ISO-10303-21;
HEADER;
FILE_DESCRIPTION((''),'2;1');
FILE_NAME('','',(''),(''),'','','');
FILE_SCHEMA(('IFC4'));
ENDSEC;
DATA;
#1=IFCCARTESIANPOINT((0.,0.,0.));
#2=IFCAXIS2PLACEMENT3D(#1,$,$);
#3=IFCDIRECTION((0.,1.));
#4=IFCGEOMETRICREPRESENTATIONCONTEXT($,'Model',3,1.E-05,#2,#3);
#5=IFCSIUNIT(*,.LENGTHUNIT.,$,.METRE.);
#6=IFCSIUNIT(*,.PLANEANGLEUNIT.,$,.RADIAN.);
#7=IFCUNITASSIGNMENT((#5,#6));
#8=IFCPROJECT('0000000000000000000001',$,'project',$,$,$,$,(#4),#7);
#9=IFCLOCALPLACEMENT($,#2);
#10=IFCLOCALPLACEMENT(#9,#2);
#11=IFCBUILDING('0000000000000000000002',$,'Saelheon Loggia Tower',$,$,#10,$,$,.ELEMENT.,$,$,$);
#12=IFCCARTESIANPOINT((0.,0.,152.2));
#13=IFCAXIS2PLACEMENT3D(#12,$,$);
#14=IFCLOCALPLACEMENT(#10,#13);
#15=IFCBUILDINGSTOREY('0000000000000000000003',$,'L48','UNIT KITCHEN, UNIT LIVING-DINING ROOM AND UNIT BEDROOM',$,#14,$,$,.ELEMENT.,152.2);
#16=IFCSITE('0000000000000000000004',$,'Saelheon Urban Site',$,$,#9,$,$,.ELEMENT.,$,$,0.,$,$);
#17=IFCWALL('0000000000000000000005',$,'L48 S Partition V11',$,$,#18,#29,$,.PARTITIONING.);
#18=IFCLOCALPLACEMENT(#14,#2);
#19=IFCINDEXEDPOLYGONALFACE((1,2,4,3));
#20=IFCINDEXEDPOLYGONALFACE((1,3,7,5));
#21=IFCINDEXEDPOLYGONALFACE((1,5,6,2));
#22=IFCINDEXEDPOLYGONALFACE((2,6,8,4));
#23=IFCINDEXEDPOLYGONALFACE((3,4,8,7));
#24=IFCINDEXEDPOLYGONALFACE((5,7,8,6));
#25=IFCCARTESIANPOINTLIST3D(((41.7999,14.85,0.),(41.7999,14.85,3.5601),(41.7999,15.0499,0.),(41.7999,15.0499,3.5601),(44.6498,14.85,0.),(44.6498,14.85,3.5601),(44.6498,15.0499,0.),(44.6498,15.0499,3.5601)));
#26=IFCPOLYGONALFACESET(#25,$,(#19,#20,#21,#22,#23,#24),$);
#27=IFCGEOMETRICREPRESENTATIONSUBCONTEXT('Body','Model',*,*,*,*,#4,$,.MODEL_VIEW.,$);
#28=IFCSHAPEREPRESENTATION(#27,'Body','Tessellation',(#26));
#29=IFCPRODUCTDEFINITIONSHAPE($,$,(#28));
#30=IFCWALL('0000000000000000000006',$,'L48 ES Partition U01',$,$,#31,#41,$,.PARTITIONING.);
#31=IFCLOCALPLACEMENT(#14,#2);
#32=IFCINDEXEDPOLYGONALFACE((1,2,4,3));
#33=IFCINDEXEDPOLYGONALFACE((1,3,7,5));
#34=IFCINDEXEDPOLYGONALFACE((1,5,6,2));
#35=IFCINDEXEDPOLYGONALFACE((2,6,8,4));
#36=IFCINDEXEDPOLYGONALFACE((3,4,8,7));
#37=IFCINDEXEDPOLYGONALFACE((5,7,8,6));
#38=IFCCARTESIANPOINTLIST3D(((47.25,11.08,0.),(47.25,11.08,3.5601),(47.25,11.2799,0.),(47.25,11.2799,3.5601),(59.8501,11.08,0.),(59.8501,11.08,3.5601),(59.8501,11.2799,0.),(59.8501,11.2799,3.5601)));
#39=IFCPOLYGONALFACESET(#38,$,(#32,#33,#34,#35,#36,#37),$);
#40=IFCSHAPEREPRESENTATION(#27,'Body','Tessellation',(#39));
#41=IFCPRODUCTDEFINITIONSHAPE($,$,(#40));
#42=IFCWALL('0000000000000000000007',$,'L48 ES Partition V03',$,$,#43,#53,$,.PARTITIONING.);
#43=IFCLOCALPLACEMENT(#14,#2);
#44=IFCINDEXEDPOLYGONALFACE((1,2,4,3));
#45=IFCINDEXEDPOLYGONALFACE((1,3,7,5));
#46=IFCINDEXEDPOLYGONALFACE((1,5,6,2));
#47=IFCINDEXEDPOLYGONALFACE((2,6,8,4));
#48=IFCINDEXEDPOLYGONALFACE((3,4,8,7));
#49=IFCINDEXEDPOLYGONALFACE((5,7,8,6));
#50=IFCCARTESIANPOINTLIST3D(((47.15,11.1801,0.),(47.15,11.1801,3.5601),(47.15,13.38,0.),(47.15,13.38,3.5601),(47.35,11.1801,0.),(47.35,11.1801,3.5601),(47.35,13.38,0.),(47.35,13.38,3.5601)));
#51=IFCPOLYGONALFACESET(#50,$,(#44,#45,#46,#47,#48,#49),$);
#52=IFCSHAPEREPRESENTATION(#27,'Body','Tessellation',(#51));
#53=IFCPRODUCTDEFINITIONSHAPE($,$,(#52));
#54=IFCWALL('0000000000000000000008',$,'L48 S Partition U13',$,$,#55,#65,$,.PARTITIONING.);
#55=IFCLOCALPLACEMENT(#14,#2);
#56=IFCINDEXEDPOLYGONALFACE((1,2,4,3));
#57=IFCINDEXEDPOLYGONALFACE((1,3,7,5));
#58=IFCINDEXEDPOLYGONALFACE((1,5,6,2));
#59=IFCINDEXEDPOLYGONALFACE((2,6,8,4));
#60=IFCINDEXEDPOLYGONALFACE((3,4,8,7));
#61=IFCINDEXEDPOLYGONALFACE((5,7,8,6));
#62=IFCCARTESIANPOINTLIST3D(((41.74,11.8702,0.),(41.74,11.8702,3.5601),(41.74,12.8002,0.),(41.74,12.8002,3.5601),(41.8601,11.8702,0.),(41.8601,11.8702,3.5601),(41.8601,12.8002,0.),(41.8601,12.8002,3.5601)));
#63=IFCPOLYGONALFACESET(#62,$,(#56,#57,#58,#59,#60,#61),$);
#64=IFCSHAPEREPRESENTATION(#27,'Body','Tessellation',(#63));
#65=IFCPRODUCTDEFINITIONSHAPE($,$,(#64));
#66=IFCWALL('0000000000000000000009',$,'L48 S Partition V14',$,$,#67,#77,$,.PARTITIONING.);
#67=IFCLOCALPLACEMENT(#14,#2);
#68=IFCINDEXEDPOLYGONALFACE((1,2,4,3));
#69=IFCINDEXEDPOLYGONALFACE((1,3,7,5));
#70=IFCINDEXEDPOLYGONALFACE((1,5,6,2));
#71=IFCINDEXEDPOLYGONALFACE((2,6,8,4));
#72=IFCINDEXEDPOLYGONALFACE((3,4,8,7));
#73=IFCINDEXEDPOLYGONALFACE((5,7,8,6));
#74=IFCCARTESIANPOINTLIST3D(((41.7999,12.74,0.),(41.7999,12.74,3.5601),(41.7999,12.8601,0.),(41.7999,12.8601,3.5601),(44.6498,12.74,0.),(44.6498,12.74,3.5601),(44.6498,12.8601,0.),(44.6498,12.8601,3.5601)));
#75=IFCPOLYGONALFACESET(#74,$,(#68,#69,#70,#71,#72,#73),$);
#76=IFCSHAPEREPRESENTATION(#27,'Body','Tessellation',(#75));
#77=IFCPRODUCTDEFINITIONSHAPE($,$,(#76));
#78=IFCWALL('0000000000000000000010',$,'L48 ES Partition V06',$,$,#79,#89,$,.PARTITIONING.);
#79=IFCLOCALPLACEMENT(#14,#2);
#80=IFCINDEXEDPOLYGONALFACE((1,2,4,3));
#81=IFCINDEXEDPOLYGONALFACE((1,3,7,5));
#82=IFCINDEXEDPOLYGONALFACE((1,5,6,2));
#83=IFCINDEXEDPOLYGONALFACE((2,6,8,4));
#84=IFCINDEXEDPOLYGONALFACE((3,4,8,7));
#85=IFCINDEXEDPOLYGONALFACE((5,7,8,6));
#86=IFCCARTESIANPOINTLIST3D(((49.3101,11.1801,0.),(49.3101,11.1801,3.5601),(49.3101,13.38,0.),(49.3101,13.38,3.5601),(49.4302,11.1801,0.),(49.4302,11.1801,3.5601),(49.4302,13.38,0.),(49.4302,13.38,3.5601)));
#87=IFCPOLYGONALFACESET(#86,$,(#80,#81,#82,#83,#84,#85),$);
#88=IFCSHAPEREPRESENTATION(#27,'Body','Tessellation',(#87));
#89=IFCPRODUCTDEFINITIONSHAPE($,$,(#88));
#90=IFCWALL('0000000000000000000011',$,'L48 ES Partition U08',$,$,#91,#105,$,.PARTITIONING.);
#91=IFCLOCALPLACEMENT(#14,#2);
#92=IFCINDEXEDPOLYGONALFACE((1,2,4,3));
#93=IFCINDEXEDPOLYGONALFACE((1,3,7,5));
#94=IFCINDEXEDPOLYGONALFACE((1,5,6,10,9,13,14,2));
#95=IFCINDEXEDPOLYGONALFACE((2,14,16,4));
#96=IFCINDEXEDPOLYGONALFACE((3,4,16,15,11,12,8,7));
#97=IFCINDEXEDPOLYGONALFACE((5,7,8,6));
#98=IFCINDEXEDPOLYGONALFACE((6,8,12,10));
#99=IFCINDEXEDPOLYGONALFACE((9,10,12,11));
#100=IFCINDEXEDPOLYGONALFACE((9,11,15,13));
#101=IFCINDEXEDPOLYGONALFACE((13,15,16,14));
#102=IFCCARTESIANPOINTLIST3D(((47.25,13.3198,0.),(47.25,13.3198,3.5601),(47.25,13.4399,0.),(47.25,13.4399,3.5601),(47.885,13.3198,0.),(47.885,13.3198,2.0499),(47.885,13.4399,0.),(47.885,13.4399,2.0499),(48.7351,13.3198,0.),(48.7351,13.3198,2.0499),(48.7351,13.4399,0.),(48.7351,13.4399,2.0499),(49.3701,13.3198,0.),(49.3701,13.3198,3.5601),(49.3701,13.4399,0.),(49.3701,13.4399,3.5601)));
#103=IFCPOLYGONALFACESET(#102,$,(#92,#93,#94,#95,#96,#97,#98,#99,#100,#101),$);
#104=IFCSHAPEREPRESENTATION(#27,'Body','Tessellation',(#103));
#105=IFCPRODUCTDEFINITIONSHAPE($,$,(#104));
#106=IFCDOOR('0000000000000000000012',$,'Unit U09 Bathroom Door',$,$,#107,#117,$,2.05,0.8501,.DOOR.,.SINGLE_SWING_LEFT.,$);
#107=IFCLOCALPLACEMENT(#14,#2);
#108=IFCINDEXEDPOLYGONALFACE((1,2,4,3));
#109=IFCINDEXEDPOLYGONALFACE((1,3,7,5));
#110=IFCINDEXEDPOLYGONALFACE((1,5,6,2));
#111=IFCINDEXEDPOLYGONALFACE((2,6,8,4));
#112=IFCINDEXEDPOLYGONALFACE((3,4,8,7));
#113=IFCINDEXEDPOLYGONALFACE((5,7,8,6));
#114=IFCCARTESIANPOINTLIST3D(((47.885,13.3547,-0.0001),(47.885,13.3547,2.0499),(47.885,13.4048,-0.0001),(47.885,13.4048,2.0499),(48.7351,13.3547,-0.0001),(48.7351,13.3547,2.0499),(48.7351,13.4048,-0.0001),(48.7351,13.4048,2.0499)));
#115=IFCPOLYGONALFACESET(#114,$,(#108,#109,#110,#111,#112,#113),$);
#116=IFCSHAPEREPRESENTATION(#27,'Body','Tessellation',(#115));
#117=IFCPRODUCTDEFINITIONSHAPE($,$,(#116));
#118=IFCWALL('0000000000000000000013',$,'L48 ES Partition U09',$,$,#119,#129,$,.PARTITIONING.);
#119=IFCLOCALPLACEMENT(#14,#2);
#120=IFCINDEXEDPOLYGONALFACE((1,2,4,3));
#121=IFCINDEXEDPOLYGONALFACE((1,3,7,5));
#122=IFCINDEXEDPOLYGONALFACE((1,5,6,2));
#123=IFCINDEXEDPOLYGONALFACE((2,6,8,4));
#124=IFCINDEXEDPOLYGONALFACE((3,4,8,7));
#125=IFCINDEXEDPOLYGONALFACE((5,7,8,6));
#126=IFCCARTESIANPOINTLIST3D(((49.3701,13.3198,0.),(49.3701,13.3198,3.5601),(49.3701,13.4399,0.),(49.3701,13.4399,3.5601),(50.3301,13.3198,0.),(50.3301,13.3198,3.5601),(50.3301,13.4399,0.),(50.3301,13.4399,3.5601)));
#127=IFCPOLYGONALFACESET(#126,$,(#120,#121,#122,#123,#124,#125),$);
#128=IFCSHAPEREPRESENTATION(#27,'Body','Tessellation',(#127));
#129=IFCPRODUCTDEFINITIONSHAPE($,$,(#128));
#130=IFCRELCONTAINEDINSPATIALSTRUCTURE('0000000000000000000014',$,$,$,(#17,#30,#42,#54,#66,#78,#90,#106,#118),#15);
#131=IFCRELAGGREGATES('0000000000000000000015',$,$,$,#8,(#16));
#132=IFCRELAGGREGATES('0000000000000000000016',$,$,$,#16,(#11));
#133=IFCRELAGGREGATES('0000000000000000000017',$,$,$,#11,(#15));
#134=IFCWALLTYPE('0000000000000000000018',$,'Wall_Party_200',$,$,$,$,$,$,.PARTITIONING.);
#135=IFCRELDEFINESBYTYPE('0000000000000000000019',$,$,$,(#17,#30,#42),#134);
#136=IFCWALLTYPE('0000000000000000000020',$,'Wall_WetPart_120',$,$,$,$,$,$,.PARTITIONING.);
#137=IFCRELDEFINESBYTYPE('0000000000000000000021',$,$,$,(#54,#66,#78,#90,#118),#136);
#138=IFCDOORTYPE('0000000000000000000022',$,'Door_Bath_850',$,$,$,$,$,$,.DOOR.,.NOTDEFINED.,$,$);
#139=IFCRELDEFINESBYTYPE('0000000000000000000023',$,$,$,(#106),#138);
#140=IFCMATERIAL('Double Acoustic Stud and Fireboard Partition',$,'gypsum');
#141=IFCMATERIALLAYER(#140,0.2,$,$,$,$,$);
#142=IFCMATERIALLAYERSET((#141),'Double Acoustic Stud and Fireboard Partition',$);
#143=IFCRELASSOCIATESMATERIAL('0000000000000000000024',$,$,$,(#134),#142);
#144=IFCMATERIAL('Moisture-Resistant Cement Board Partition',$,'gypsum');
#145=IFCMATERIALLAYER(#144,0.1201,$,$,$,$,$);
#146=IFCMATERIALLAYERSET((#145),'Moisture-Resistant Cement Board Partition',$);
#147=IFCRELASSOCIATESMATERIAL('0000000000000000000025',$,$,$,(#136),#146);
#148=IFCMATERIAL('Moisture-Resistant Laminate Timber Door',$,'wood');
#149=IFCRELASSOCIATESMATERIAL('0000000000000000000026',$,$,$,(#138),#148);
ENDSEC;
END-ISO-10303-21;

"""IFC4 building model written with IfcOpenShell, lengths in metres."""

from ifc_helpers import new_model, si_unit, direction, frame, frame_2d, origin, place, context, subcontext, project, spatial, rectangle, extrude, source, transform, mapped, material, layer, layer_set, type_object, element, fill, save


model = new_model("IFC4")

# Units and contexts
model_context = context("Model", 3, precision=1e-05, world=origin(), true_north=direction((0.0, 1.0)))
body_context = subcontext(model_context, "Body", "Model", "MODEL_VIEW")
ifc_project = project(units=[si_unit("LENGTHUNIT", "METRE"), si_unit("PLANEANGLEUNIT", "RADIAN")], contexts=[model_context])

# Site, building, storey
site_placement = place(None, origin())
site = spatial("IfcSite", under=ifc_project, at=site_placement, Name="Saelheon Urban Site", CompositionType="ELEMENT", RefElevation=0.0)
building_placement = place(site_placement, origin())
building = spatial("IfcBuilding", under=site, at=building_placement, Name="Saelheon Loggia Tower", CompositionType="ELEMENT")
storey_placement = place(building_placement, frame((0.0, 0.0, 152.2)))
storey = spatial("IfcBuildingStorey", under=building, at=storey_placement, Name="L48", Description="UNIT KITCHEN, UNIT LIVING-DINING ROOM AND UNIT BEDROOM", CompositionType="ELEMENT", Elevation=152.2)

# Shared definitions
ifc_material_1 = material(Name="Double Acoustic Stud and Fireboard Partition", Category="gypsum")
ifc_layer_1 = layer(ifc_material_1, 0.2)
ifc_layer_set_1 = layer_set([ifc_layer_1], Name="Double Acoustic Stud and Fireboard Partition")
wall_type_1 = type_object("IfcWallType", Name="Wall_Party_200", PredefinedType="PARTITIONING", material=ifc_layer_set_1)

# Walls
wall_1_placement = place(storey_placement, frame((41.8, 14.95, 0.0), z_axis=(0.0, 0.0, 1.0), x_axis=(1.0, 0.0, 0.0)))
element("IfcWall", 1, at=wall_1_placement, inside=storey, type_object=wall_type_1, Name="L48 S Partition V11", PredefinedType="PARTITIONING", context=body_context, shape_type="SweptSolid", body=[
    extrude(rectangle(XDim=2.8499, YDim=0.2, at=frame_2d((1.4248, 0.0))), origin(), (0.0, 0.0, 1.0), 3.5601),
])
wall_2_placement = place(storey_placement, frame((47.25, 11.1799, 0.0), z_axis=(0.0, 0.0, 1.0), x_axis=(1.0, 0.0, 0.0)))
element("IfcWall", 2, at=wall_2_placement, inside=storey, type_object=wall_type_1, Name="L48 ES Partition U01", PredefinedType="PARTITIONING", context=body_context, shape_type="SweptSolid", body=[
    extrude(rectangle(XDim=12.6001, YDim=0.2, at=frame_2d((6.3, 0.0))), origin(), (0.0, 0.0, 1.0), 3.5601),
])
wall_3_placement = place(storey_placement, frame((47.25, 11.1799, 0.0), z_axis=(0.0, 0.0, 1.0), x_axis=(0.0, 1.0, 0.0)))
element("IfcWall", 3, at=wall_3_placement, inside=storey, type_object=wall_type_1, Name="L48 ES Partition V03", PredefinedType="PARTITIONING", context=body_context, shape_type="SweptSolid", body=[
    extrude(rectangle(XDim=2.2, YDim=0.2, at=frame_2d((1.1001, 0.0))), origin(), (0.0, 0.0, 1.0), 3.5601),
])

# Walls
ifc_material_2 = material(Name="Moisture-Resistant Cement Board Partition", Category="gypsum")
ifc_layer_2 = layer(ifc_material_2, 0.1201)
ifc_layer_set_2 = layer_set([ifc_layer_2], Name="Moisture-Resistant Cement Board Partition")
wall_type_2 = type_object("IfcWallType", Name="Wall_WetPart_120", PredefinedType="PARTITIONING", material=ifc_layer_set_2)
wall_4_placement = place(storey_placement, frame((41.8, 12.8, 0.0), z_axis=(0.0, 0.0, 1.0), x_axis=(0.0, -1.0, 0.0)))
element("IfcWall", 4, at=wall_4_placement, inside=storey, type_object=wall_type_2, Name="L48 S Partition U13", PredefinedType="PARTITIONING", context=body_context, shape_type="SweptSolid", body=[
    extrude(rectangle(XDim=0.9299, YDim=0.1201, at=frame_2d((0.4648, 0.0))), origin(), (0.0, 0.0, 1.0), 3.5601),
])
wall_5_placement = place(storey_placement, frame((41.8, 12.8, 0.0), z_axis=(0.0, 0.0, 1.0), x_axis=(1.0, 0.0, 0.0)))
element("IfcWall", 5, at=wall_5_placement, inside=storey, type_object=wall_type_2, Name="L48 S Partition V14", PredefinedType="PARTITIONING", context=body_context, shape_type="SweptSolid", body=[
    extrude(rectangle(XDim=2.8499, YDim=0.1201, at=frame_2d((1.4248, 0.0))), origin(), (0.0, 0.0, 1.0), 3.5601),
])
wall_6_placement = place(storey_placement, frame((49.3701, 11.1799, 0.0), z_axis=(0.0, 0.0, 1.0), x_axis=(0.0, 1.0, 0.0)))
element("IfcWall", 6, at=wall_6_placement, inside=storey, type_object=wall_type_2, Name="L48 ES Partition V06", PredefinedType="PARTITIONING", context=body_context, shape_type="SweptSolid", body=[
    extrude(rectangle(XDim=2.2, YDim=0.1201, at=frame_2d((1.1001, 0.0))), origin(), (0.0, 0.0, 1.0), 3.5601),
])

# Wall, opening, door
wall_7_placement = place(storey_placement, frame((47.25, 13.3799, 0.0), z_axis=(0.0, 0.0, 1.0), x_axis=(1.0, 0.0, 0.0)))
wall_7 = element("IfcWall", 7, at=wall_7_placement, inside=storey, type_object=wall_type_2, Name="L48 ES Partition U08", PredefinedType="PARTITIONING", context=body_context, shape_type="SweptSolid", body=[
    extrude(rectangle(XDim=2.1201, YDim=0.1201, at=frame_2d((1.0601, 0.0))), origin(), (0.0, 0.0, 1.0), 3.5601),
])
opening_1_placement = place(wall_7_placement, frame((0.635, 0.0, 0.0)))
opening_1 = element("IfcOpeningElement", 8, at=opening_1_placement, cuts=wall_7, PredefinedType="OPENING", context=body_context, shape_type="SweptSolid", body=[
    extrude(rectangle(XDim=0.8501, YDim=2.05, at=frame_2d((0.425, 1.0249))), frame((0.0, 0.072, 0.0), z_axis=(0.0, -1.0, 0.0), x_axis=(1.0, 0.0, 0.0)), (0.0, 0.0, 1.0), 0.144),
])
ifc_material_3 = material(Name="Moisture-Resistant Laminate Timber Door", Category="wood")
door_type_1 = type_object("IfcDoorType", Name="Door_Bath_850", OperationType="NOTDEFINED", PredefinedType="DOOR", material=ifc_material_3)
shared_shape_1 = source(origin(), body_context, "Body", "SweptSolid", [
    extrude(rectangle(XDim=0.8501, YDim=2.05, at=frame_2d((0.425, 1.0249))), frame((0.0, 0.0249, 0.0), z_axis=(0.0, -1.0, 0.0), x_axis=(1.0, 0.0, 0.0)), (0.0, 0.0, 1.0), 0.05),
])
door_1_placement = place(opening_1_placement, origin())
door_1 = element("IfcDoor", 9, at=door_1_placement, inside=storey, type_object=door_type_1, Name="Unit U09 Bathroom Door", OperationType="SINGLE_SWING_LEFT", OverallHeight=2.05, OverallWidth=0.8501, PredefinedType="DOOR", context=body_context, shape_type="MappedRepresentation", body=[
    mapped(shared_shape_1, transform((0.0, 0.0, 0.0), scale=1.0)),
])
fill(opening_1, door_1)

# Wall
wall_8_placement = place(storey_placement, frame((49.3701, 13.3799, 0.0), z_axis=(0.0, 0.0, 1.0), x_axis=(1.0, 0.0, 0.0)))
element("IfcWall", 10, at=wall_8_placement, inside=storey, type_object=wall_type_2, Name="L48 ES Partition U09", PredefinedType="PARTITIONING", context=body_context, shape_type="SweptSolid", body=[
    extrude(rectangle(XDim=0.96, YDim=0.1201, at=frame_2d((0.48, 0.0))), origin(), (0.0, 0.0, 1.0), 3.5601),
])

save(model, "model.ifc")
